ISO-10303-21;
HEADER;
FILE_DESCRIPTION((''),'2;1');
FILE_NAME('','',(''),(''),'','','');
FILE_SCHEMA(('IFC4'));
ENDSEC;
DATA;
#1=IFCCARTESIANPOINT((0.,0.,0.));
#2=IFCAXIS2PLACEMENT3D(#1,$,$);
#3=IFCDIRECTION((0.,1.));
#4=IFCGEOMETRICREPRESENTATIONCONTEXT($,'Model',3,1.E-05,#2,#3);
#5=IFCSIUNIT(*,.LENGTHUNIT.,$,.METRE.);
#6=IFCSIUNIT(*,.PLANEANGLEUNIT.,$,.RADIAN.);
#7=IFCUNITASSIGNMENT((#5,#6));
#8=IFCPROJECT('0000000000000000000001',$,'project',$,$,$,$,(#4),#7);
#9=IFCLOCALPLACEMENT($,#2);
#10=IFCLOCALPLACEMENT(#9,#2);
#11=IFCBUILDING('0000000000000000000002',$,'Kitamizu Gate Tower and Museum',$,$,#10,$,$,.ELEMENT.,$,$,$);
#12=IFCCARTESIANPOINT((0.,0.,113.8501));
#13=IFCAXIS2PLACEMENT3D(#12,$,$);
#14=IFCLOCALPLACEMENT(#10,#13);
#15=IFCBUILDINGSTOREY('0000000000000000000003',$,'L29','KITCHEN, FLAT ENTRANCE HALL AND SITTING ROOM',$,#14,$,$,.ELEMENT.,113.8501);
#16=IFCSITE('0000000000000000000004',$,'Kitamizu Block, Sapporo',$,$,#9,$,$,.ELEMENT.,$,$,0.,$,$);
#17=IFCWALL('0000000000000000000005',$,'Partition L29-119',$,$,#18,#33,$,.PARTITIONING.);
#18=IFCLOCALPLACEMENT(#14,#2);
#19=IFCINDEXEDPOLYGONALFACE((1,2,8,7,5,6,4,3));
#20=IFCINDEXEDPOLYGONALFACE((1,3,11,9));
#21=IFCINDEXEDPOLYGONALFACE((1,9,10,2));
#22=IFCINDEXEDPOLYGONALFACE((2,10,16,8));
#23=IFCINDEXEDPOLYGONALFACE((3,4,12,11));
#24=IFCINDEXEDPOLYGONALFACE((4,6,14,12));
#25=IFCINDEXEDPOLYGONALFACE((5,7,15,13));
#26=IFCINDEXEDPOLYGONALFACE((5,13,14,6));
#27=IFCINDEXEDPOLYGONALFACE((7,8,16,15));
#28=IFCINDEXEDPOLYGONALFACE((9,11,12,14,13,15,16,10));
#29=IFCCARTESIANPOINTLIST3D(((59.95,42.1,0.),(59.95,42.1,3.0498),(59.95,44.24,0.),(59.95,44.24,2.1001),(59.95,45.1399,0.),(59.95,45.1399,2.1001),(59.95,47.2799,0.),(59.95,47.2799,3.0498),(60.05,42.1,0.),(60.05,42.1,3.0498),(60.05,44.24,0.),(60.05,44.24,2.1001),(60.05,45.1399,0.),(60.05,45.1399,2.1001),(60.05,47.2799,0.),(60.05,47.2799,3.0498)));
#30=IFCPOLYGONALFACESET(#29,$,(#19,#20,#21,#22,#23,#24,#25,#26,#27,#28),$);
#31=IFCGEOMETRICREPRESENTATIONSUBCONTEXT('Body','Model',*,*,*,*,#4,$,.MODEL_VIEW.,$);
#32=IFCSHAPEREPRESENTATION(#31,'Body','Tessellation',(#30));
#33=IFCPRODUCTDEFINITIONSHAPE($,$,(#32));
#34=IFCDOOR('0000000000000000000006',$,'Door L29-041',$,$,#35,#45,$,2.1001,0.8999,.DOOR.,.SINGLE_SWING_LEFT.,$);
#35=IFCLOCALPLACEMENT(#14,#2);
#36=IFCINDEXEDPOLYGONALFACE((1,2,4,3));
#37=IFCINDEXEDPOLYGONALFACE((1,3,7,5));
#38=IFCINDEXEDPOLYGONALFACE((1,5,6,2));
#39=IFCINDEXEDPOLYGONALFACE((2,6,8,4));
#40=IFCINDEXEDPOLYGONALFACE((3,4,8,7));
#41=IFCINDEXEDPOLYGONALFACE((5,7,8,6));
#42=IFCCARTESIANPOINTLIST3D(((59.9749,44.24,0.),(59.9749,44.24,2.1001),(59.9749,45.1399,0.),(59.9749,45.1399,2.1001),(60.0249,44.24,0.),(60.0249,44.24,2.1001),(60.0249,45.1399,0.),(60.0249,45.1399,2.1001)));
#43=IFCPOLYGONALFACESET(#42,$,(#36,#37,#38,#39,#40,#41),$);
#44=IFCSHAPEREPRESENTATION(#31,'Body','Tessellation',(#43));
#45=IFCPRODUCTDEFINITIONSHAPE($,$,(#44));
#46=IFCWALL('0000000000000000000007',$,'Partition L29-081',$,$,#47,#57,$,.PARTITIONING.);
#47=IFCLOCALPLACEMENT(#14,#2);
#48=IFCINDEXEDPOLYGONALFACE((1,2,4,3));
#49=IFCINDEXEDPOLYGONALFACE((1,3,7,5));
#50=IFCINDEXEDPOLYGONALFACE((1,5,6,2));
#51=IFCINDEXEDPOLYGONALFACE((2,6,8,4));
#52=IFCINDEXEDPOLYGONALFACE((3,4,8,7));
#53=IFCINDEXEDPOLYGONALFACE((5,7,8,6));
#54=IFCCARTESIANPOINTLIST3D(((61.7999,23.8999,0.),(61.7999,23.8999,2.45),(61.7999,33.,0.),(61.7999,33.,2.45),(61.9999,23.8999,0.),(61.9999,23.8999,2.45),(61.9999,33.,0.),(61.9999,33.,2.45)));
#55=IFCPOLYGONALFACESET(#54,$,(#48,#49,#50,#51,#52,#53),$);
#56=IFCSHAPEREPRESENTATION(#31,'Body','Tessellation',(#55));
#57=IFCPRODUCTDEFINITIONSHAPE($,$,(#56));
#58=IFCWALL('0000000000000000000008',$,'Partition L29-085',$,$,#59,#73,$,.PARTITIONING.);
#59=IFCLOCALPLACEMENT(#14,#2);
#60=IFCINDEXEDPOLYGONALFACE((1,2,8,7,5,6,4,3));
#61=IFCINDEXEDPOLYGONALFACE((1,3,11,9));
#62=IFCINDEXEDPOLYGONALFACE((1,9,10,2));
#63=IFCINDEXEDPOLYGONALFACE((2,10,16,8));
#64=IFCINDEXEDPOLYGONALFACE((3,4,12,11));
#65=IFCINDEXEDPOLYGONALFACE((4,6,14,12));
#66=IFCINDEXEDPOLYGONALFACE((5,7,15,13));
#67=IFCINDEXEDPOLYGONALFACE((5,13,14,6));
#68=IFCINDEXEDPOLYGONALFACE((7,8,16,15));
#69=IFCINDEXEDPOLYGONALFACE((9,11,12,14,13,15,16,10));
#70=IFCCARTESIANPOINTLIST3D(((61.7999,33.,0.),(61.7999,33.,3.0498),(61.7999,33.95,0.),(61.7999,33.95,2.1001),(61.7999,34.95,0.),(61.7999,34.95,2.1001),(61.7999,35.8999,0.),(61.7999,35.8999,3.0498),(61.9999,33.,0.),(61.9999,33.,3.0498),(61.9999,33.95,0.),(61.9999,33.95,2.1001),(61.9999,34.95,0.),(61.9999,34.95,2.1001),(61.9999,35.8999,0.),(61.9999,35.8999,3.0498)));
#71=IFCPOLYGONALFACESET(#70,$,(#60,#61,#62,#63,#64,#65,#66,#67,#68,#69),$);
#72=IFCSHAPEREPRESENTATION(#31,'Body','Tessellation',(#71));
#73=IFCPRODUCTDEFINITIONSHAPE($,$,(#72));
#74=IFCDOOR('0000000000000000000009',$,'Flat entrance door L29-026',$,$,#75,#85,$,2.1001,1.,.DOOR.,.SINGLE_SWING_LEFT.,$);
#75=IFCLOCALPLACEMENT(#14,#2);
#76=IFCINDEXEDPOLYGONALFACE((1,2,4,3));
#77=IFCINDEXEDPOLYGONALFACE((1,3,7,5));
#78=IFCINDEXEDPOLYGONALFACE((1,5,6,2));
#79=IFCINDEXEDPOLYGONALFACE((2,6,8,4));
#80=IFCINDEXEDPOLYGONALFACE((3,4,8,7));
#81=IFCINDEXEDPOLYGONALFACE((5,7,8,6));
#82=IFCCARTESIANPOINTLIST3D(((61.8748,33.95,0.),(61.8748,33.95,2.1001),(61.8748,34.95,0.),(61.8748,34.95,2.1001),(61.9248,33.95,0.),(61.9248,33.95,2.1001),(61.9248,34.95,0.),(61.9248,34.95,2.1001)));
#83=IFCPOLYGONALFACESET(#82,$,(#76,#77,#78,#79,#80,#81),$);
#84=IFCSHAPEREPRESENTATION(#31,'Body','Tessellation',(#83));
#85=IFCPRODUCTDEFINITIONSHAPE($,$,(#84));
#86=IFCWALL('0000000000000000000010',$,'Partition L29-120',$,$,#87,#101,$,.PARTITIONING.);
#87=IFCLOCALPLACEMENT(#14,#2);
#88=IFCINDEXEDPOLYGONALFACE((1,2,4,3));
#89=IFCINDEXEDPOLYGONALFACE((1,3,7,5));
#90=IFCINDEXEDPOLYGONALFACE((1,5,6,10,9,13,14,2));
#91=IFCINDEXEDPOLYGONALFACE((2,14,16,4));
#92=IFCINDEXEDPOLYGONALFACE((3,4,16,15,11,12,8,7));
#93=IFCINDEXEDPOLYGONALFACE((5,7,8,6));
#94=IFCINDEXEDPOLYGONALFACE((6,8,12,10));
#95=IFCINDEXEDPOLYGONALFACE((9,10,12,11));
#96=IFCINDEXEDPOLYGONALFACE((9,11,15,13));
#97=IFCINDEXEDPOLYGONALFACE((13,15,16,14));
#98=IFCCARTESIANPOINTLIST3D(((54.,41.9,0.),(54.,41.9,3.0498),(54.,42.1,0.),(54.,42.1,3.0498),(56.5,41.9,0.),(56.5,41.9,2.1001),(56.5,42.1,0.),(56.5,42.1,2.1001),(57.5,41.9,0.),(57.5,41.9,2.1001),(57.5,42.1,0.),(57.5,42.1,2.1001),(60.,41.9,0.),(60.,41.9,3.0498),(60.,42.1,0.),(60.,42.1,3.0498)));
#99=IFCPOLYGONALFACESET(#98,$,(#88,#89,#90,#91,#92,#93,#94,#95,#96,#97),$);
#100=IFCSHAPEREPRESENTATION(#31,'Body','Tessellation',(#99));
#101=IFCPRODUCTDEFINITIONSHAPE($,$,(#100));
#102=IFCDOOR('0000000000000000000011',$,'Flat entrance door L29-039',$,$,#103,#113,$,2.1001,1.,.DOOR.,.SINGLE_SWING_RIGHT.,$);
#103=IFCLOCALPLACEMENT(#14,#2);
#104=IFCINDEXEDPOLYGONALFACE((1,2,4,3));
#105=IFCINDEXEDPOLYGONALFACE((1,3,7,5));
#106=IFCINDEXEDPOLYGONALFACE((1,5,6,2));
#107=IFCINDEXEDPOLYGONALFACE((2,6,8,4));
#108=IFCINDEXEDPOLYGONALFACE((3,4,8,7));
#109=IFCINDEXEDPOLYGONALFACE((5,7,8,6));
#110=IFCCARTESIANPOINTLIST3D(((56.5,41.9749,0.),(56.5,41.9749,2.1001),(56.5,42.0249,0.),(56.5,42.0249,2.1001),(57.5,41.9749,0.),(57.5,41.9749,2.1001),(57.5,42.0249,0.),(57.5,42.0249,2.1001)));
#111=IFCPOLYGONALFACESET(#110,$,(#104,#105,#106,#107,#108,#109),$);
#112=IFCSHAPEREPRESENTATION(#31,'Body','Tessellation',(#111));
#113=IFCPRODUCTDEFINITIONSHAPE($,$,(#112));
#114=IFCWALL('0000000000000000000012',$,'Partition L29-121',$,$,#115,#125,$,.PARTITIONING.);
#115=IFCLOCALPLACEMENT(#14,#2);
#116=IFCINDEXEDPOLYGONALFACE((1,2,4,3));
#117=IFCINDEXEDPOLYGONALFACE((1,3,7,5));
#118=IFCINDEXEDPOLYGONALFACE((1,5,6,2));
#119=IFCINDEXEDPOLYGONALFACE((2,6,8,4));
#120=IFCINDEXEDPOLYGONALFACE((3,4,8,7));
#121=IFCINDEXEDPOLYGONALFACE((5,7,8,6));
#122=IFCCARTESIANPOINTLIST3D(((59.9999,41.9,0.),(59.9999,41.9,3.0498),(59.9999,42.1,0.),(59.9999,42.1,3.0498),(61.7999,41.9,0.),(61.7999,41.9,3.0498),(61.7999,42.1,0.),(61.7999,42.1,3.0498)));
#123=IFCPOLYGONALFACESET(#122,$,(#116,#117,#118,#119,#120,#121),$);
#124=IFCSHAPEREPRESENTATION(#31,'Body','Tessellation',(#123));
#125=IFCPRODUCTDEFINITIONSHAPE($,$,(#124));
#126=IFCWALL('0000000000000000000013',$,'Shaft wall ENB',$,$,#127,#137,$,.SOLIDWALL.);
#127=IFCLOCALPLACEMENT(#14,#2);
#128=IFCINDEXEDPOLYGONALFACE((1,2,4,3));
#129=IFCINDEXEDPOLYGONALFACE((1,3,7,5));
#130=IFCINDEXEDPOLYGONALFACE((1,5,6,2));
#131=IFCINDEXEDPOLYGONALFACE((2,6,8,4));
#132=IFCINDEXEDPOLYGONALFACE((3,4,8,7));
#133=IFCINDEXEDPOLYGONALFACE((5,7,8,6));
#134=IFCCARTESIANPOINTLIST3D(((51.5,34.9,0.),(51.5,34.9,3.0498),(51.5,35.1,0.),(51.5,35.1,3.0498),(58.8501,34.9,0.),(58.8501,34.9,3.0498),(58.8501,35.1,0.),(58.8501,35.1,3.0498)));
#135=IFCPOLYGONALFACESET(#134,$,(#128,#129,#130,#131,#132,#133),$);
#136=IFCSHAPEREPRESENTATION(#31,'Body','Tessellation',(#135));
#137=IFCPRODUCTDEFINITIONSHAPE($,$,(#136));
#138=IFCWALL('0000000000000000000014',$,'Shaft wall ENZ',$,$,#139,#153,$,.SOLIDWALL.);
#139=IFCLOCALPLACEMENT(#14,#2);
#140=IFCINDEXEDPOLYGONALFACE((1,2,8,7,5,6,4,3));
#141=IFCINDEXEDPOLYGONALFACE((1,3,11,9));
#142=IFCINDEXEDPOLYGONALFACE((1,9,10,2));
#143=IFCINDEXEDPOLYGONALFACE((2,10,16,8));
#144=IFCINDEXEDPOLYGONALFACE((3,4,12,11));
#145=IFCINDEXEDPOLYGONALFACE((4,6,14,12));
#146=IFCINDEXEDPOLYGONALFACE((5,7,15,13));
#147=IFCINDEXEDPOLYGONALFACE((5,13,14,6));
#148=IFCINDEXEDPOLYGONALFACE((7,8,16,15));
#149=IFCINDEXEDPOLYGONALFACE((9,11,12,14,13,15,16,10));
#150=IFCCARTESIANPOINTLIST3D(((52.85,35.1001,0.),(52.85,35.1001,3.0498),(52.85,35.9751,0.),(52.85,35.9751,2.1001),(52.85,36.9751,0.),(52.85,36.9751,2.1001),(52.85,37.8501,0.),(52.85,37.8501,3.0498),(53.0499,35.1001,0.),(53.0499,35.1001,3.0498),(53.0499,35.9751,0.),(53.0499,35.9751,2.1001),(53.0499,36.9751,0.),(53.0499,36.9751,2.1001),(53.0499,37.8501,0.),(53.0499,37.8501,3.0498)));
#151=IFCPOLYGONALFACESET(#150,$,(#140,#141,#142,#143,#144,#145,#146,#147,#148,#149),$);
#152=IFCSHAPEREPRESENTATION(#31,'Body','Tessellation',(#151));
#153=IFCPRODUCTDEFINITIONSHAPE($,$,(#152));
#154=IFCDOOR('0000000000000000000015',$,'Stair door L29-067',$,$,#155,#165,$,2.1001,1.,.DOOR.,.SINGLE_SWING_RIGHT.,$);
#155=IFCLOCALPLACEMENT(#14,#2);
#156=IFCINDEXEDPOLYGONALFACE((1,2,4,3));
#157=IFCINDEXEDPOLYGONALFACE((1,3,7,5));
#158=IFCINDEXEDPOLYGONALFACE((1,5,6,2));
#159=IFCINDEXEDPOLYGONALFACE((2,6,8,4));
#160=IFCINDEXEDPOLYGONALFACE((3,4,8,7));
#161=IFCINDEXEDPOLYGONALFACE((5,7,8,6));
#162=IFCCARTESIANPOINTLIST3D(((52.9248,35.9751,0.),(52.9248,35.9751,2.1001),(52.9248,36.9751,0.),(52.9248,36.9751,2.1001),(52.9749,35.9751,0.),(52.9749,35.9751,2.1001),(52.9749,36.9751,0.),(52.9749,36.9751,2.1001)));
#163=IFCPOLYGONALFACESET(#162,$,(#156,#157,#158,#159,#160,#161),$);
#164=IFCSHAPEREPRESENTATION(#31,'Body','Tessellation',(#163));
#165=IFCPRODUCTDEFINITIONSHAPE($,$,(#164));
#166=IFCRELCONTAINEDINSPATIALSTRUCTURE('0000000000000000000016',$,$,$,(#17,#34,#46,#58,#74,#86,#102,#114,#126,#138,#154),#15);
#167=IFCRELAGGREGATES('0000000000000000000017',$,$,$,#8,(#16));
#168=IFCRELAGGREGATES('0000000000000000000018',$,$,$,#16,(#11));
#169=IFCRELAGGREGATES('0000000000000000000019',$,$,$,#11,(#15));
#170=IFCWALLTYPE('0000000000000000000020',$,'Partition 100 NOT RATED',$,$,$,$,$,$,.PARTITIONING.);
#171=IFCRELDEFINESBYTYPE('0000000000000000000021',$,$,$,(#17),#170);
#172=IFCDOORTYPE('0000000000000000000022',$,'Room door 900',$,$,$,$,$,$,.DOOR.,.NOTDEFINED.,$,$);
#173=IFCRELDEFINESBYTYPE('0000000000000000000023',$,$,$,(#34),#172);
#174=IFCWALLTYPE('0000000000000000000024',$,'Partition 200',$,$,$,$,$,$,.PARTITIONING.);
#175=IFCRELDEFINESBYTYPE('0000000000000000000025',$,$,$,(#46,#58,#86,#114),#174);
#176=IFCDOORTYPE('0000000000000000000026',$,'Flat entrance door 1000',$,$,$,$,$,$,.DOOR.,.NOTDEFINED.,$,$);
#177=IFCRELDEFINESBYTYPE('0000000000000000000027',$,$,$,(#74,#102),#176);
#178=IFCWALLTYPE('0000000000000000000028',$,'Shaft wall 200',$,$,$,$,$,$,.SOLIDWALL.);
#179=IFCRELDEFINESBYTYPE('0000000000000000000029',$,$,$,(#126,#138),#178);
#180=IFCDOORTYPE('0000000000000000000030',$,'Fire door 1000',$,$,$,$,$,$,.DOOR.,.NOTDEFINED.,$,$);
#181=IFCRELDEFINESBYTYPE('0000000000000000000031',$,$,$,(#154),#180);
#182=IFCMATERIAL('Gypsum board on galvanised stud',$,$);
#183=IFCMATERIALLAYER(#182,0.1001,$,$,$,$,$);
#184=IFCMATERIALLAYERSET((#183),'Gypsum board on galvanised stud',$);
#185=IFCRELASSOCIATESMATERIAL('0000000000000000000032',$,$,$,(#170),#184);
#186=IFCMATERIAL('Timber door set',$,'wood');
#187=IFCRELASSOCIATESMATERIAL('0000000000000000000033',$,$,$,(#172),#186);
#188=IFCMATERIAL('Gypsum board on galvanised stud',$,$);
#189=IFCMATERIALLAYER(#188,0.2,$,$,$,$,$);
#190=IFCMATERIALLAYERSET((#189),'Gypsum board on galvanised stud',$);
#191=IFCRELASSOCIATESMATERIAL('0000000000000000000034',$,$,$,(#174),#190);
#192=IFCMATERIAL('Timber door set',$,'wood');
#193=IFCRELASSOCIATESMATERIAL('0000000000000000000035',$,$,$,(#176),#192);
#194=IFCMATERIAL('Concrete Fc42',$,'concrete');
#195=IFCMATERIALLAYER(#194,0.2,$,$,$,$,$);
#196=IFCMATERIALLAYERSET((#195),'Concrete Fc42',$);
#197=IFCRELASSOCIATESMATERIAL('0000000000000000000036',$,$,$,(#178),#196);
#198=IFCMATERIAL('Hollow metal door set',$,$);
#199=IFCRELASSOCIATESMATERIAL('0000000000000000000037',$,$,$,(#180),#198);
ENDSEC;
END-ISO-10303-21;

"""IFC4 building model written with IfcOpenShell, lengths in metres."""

from ifc_helpers import new_model, si_unit, direction, frame, frame_2d, origin, place, context, subcontext, project, spatial, rectangle, extrude, material, layer, layer_set, type_object, element, fill, save


model = new_model("IFC4")

# Units and contexts
model_context = context("Model", 3, precision=1e-05, world=origin(), true_north=direction((0.0, 1.0)))
body_context = subcontext(model_context, "Body", "Model", "MODEL_VIEW")
ifc_project = project(units=[si_unit("LENGTHUNIT", "METRE"), si_unit("PLANEANGLEUNIT", "RADIAN")], contexts=[model_context])

# Site, building, storey
site_placement = place(None, origin())
site = spatial("IfcSite", under=ifc_project, at=site_placement, Name="Kitamizu Block, Sapporo", CompositionType="ELEMENT", RefElevation=0.0)
building_placement = place(site_placement, origin())
building = spatial("IfcBuilding", under=site, at=building_placement, Name="Kitamizu Gate Tower and Museum", CompositionType="ELEMENT")
storey_placement = place(building_placement, frame((0.0, 0.0, 113.8501)))
storey = spatial("IfcBuildingStorey", under=building, at=storey_placement, Name="L29", Description="KITCHEN, FLAT ENTRANCE HALL AND SITTING ROOM", CompositionType="ELEMENT", Elevation=113.8501)

# Wall, opening, door
ifc_material_1 = material(Name="Gypsum board on galvanised stud")
ifc_layer_1 = layer(ifc_material_1, 0.1001)
ifc_layer_set_1 = layer_set([ifc_layer_1], Name="Gypsum board on galvanised stud")
wall_type_1 = type_object("IfcWallType", Name="Partition 100 NOT RATED", PredefinedType="PARTITIONING", material=ifc_layer_set_1)
ifc_material_2 = material(Name="Timber door set", Category="wood")
door_type_1 = type_object("IfcDoorType", Name="Room door 900", OperationType="NOTDEFINED", PredefinedType="DOOR", material=ifc_material_2)
wall_1_placement = place(storey_placement, frame((60.0, 42.1001, 0.0), z_axis=(0.0, 0.0, 1.0), x_axis=(0.0, 1.0, 0.0)))
wall_1 = element("IfcWall", 1, at=wall_1_placement, inside=storey, type_object=wall_type_1, Name="Partition L29-119", PredefinedType="PARTITIONING", context=body_context, shape_type="SweptSolid", body=[
    extrude(rectangle(XDim=5.1799, YDim=0.1001, at=frame_2d((2.5898, 0.0))), origin(), (0.0, 0.0, 1.0), 3.0498),
])
opening_1_placement = place(wall_1_placement, frame((2.1399, 0.0, 0.0)))
opening_1 = element("IfcOpeningElement", 2, at=opening_1_placement, cuts=wall_1, PredefinedType="OPENING", context=body_context, shape_type="SweptSolid", body=[
    extrude(rectangle(XDim=0.8999, YDim=2.1001, at=frame_2d((0.45, 1.05))), frame((0.0, 0.0601, 0.0), z_axis=(0.0, -1.0, 0.0), x_axis=(1.0, 0.0, 0.0)), (0.0, 0.0, 1.0), 0.1201),
])
door_1_placement = place(opening_1_placement, frame((0.8999, 0.0, 0.0), x_axis=(-1.0, 0.0, 0.0)))
door_1 = element("IfcDoor", 3, at=door_1_placement, inside=storey, type_object=door_type_1, Name="Door L29-041", OperationType="SINGLE_SWING_LEFT", OverallHeight=2.1001, OverallWidth=0.8999, PredefinedType="DOOR", context=body_context, shape_type="SweptSolid", body=[
    extrude(rectangle(XDim=0.8999, YDim=2.1001, at=frame_2d((0.45, 1.05))), frame((0.0, 0.0249, 0.0), z_axis=(0.0, -1.0, 0.0), x_axis=(1.0, 0.0, 0.0)), (0.0, 0.0, 1.0), 0.05),
])
fill(opening_1, door_1)

# Wall
ifc_material_3 = material(Name="Gypsum board on galvanised stud")
ifc_layer_2 = layer(ifc_material_3, 0.2)
ifc_layer_set_2 = layer_set([ifc_layer_2], Name="Gypsum board on galvanised stud")
wall_type_2 = type_object("IfcWallType", Name="Partition 200", PredefinedType="PARTITIONING", material=ifc_layer_set_2)
wall_2_placement = place(storey_placement, frame((61.8999, 33.0, 0.0), z_axis=(0.0, 0.0, 1.0), x_axis=(0.0, -1.0, 0.0)))
element("IfcWall", 4, at=wall_2_placement, inside=storey, type_object=wall_type_2, Name="Partition L29-081", PredefinedType="PARTITIONING", context=body_context, shape_type="SweptSolid", body=[
    extrude(rectangle(XDim=9.1001, YDim=0.2, at=frame_2d((4.55, 0.0))), origin(), (0.0, 0.0, 1.0), 2.45),
])

# Walls, openings, doors
wall_3_placement = place(storey_placement, frame((61.8999, 35.8999, 0.0), z_axis=(0.0, 0.0, 1.0), x_axis=(0.0, -1.0, 0.0)))
wall_3 = element("IfcWall", 5, at=wall_3_placement, inside=storey, type_object=wall_type_2, Name="Partition L29-085", PredefinedType="PARTITIONING", context=body_context, shape_type="SweptSolid", body=[
    extrude(rectangle(XDim=2.8999, YDim=0.2, at=frame_2d((1.45, 0.0))), origin(), (0.0, 0.0, 1.0), 3.0498),
])
opening_2_placement = place(wall_3_placement, frame((0.95, 0.0, 0.0)))
opening_2 = element("IfcOpeningElement", 6, at=opening_2_placement, cuts=wall_3, PredefinedType="OPENING", context=body_context, shape_type="SweptSolid", body=[
    extrude(rectangle(XDim=1.0, YDim=2.1001, at=frame_2d((0.5, 1.05))), frame((0.0, 0.1099, 0.0), z_axis=(0.0, -1.0, 0.0), x_axis=(1.0, 0.0, 0.0)), (0.0, 0.0, 1.0), 0.22),
])
ifc_material_4 = material(Name="Timber door set", Category="wood")
door_type_2 = type_object("IfcDoorType", Name="Flat entrance door 1000", OperationType="NOTDEFINED", PredefinedType="DOOR", material=ifc_material_4)
door_2_placement = place(opening_2_placement, origin())
door_2 = element("IfcDoor", 7, at=door_2_placement, inside=storey, type_object=door_type_2, Name="Flat entrance door L29-026", OperationType="SINGLE_SWING_LEFT", OverallHeight=2.1001, OverallWidth=1.0, PredefinedType="DOOR", context=body_context, shape_type="SweptSolid", body=[
    extrude(rectangle(XDim=1.0, YDim=2.1001, at=frame_2d((0.5, 1.05))), frame((0.0, 0.0249, 0.0), z_axis=(0.0, -1.0, 0.0), x_axis=(1.0, 0.0, 0.0)), (0.0, 0.0, 1.0), 0.05),
])
fill(opening_2, door_2)
wall_4_placement = place(storey_placement, frame((54.0, 42.0, 0.0), z_axis=(0.0, 0.0, 1.0), x_axis=(1.0, 0.0, 0.0)))
wall_4 = element("IfcWall", 8, at=wall_4_placement, inside=storey, type_object=wall_type_2, Name="Partition L29-120", PredefinedType="PARTITIONING", context=body_context, shape_type="SweptSolid", body=[
    extrude(rectangle(XDim=6.0, YDim=0.2, at=frame_2d((3.0, 0.0))), origin(), (0.0, 0.0, 1.0), 3.0498),
])
opening_3_placement = place(wall_4_placement, frame((2.5, 0.0, 0.0)))
opening_3 = element("IfcOpeningElement", 9, at=opening_3_placement, cuts=wall_4, PredefinedType="OPENING", context=body_context, shape_type="SweptSolid", body=[
    extrude(rectangle(XDim=1.0, YDim=2.1001, at=frame_2d((0.5, 1.05))), frame((0.0, 0.1099, 0.0), z_axis=(0.0, -1.0, 0.0), x_axis=(1.0, 0.0, 0.0)), (0.0, 0.0, 1.0), 0.22),
])
door_3_placement = place(opening_3_placement, origin())
door_3 = element("IfcDoor", 10, at=door_3_placement, inside=storey, type_object=door_type_2, Name="Flat entrance door L29-039", OperationType="SINGLE_SWING_RIGHT", OverallHeight=2.1001, OverallWidth=1.0, PredefinedType="DOOR", context=body_context, shape_type="SweptSolid", body=[
    extrude(rectangle(XDim=1.0, YDim=2.1001, at=frame_2d((0.5, 1.05))), frame((0.0, 0.0249, 0.0), z_axis=(0.0, -1.0, 0.0), x_axis=(1.0, 0.0, 0.0)), (0.0, 0.0, 1.0), 0.05),
])
fill(opening_3, door_3)

# Walls
wall_5_placement = place(storey_placement, frame((60.0, 42.0, 0.0), z_axis=(0.0, 0.0, 1.0), x_axis=(1.0, 0.0, 0.0)))
element("IfcWall", 11, at=wall_5_placement, inside=storey, type_object=wall_type_2, Name="Partition L29-121", PredefinedType="PARTITIONING", context=body_context, shape_type="SweptSolid", body=[
    extrude(rectangle(XDim=1.8, YDim=0.2, at=frame_2d((0.8999, 0.0))), origin(), (0.0, 0.0, 1.0), 3.0498),
])
ifc_material_5 = material(Name="Concrete Fc42", Category="concrete")
ifc_layer_3 = layer(ifc_material_5, 0.2)
ifc_layer_set_3 = layer_set([ifc_layer_3], Name="Concrete Fc42")
wall_type_3 = type_object("IfcWallType", Name="Shaft wall 200", PredefinedType="SOLIDWALL", material=ifc_layer_set_3)
wall_6_placement = place(storey_placement, frame((58.8501, 35.0, 0.0), z_axis=(0.0, 0.0, 1.0), x_axis=(-1.0, 0.0, 0.0)))
element("IfcWall", 12, at=wall_6_placement, inside=storey, type_object=wall_type_3, Name="Shaft wall ENB", PredefinedType="SOLIDWALL", context=body_context, shape_type="SweptSolid", body=[
    extrude(rectangle(XDim=7.3501, YDim=0.2, at=frame_2d((3.675, 0.0))), origin(), (0.0, 0.0, 1.0), 3.0498),
])

# Wall, opening, door
wall_7_placement = place(storey_placement, frame((52.95, 35.1001, 0.0), z_axis=(0.0, 0.0, 1.0), x_axis=(0.0, 1.0, 0.0)))
wall_7 = element("IfcWall", 13, at=wall_7_placement, inside=storey, type_object=wall_type_3, Name="Shaft wall ENZ", PredefinedType="SOLIDWALL", context=body_context, shape_type="SweptSolid", body=[
    extrude(rectangle(XDim=2.75, YDim=0.2, at=frame_2d((1.375, 0.0))), origin(), (0.0, 0.0, 1.0), 3.0498),
])
opening_4_placement = place(wall_7_placement, frame((0.875, 0.0, 0.0)))
opening_4 = element("IfcOpeningElement", 14, at=opening_4_placement, cuts=wall_7, PredefinedType="OPENING", context=body_context, shape_type="SweptSolid", body=[
    extrude(rectangle(XDim=1.0, YDim=2.1001, at=frame_2d((0.5, 1.05))), frame((0.0, 0.1099, 0.0), z_axis=(0.0, -1.0, 0.0), x_axis=(1.0, 0.0, 0.0)), (0.0, 0.0, 1.0), 0.22),
])
ifc_material_6 = material(Name="Hollow metal door set")
door_type_3 = type_object("IfcDoorType", Name="Fire door 1000", OperationType="NOTDEFINED", PredefinedType="DOOR", material=ifc_material_6)
door_4_placement = place(opening_4_placement, frame((1.0, 0.0, 0.0), x_axis=(-1.0, 0.0, 0.0)))
door_4 = element("IfcDoor", 15, at=door_4_placement, inside=storey, type_object=door_type_3, Name="Stair door L29-067", OperationType="SINGLE_SWING_RIGHT", OverallHeight=2.1001, OverallWidth=1.0, PredefinedType="DOOR", context=body_context, shape_type="SweptSolid", body=[
    extrude(rectangle(XDim=1.0, YDim=2.1001, at=frame_2d((0.5, 1.05))), frame((0.0, 0.0249, 0.0), z_axis=(0.0, -1.0, 0.0), x_axis=(1.0, 0.0, 0.0)), (0.0, 0.0, 1.0), 0.05),
])
fill(opening_4, door_4)

save(model, "model.ifc")
